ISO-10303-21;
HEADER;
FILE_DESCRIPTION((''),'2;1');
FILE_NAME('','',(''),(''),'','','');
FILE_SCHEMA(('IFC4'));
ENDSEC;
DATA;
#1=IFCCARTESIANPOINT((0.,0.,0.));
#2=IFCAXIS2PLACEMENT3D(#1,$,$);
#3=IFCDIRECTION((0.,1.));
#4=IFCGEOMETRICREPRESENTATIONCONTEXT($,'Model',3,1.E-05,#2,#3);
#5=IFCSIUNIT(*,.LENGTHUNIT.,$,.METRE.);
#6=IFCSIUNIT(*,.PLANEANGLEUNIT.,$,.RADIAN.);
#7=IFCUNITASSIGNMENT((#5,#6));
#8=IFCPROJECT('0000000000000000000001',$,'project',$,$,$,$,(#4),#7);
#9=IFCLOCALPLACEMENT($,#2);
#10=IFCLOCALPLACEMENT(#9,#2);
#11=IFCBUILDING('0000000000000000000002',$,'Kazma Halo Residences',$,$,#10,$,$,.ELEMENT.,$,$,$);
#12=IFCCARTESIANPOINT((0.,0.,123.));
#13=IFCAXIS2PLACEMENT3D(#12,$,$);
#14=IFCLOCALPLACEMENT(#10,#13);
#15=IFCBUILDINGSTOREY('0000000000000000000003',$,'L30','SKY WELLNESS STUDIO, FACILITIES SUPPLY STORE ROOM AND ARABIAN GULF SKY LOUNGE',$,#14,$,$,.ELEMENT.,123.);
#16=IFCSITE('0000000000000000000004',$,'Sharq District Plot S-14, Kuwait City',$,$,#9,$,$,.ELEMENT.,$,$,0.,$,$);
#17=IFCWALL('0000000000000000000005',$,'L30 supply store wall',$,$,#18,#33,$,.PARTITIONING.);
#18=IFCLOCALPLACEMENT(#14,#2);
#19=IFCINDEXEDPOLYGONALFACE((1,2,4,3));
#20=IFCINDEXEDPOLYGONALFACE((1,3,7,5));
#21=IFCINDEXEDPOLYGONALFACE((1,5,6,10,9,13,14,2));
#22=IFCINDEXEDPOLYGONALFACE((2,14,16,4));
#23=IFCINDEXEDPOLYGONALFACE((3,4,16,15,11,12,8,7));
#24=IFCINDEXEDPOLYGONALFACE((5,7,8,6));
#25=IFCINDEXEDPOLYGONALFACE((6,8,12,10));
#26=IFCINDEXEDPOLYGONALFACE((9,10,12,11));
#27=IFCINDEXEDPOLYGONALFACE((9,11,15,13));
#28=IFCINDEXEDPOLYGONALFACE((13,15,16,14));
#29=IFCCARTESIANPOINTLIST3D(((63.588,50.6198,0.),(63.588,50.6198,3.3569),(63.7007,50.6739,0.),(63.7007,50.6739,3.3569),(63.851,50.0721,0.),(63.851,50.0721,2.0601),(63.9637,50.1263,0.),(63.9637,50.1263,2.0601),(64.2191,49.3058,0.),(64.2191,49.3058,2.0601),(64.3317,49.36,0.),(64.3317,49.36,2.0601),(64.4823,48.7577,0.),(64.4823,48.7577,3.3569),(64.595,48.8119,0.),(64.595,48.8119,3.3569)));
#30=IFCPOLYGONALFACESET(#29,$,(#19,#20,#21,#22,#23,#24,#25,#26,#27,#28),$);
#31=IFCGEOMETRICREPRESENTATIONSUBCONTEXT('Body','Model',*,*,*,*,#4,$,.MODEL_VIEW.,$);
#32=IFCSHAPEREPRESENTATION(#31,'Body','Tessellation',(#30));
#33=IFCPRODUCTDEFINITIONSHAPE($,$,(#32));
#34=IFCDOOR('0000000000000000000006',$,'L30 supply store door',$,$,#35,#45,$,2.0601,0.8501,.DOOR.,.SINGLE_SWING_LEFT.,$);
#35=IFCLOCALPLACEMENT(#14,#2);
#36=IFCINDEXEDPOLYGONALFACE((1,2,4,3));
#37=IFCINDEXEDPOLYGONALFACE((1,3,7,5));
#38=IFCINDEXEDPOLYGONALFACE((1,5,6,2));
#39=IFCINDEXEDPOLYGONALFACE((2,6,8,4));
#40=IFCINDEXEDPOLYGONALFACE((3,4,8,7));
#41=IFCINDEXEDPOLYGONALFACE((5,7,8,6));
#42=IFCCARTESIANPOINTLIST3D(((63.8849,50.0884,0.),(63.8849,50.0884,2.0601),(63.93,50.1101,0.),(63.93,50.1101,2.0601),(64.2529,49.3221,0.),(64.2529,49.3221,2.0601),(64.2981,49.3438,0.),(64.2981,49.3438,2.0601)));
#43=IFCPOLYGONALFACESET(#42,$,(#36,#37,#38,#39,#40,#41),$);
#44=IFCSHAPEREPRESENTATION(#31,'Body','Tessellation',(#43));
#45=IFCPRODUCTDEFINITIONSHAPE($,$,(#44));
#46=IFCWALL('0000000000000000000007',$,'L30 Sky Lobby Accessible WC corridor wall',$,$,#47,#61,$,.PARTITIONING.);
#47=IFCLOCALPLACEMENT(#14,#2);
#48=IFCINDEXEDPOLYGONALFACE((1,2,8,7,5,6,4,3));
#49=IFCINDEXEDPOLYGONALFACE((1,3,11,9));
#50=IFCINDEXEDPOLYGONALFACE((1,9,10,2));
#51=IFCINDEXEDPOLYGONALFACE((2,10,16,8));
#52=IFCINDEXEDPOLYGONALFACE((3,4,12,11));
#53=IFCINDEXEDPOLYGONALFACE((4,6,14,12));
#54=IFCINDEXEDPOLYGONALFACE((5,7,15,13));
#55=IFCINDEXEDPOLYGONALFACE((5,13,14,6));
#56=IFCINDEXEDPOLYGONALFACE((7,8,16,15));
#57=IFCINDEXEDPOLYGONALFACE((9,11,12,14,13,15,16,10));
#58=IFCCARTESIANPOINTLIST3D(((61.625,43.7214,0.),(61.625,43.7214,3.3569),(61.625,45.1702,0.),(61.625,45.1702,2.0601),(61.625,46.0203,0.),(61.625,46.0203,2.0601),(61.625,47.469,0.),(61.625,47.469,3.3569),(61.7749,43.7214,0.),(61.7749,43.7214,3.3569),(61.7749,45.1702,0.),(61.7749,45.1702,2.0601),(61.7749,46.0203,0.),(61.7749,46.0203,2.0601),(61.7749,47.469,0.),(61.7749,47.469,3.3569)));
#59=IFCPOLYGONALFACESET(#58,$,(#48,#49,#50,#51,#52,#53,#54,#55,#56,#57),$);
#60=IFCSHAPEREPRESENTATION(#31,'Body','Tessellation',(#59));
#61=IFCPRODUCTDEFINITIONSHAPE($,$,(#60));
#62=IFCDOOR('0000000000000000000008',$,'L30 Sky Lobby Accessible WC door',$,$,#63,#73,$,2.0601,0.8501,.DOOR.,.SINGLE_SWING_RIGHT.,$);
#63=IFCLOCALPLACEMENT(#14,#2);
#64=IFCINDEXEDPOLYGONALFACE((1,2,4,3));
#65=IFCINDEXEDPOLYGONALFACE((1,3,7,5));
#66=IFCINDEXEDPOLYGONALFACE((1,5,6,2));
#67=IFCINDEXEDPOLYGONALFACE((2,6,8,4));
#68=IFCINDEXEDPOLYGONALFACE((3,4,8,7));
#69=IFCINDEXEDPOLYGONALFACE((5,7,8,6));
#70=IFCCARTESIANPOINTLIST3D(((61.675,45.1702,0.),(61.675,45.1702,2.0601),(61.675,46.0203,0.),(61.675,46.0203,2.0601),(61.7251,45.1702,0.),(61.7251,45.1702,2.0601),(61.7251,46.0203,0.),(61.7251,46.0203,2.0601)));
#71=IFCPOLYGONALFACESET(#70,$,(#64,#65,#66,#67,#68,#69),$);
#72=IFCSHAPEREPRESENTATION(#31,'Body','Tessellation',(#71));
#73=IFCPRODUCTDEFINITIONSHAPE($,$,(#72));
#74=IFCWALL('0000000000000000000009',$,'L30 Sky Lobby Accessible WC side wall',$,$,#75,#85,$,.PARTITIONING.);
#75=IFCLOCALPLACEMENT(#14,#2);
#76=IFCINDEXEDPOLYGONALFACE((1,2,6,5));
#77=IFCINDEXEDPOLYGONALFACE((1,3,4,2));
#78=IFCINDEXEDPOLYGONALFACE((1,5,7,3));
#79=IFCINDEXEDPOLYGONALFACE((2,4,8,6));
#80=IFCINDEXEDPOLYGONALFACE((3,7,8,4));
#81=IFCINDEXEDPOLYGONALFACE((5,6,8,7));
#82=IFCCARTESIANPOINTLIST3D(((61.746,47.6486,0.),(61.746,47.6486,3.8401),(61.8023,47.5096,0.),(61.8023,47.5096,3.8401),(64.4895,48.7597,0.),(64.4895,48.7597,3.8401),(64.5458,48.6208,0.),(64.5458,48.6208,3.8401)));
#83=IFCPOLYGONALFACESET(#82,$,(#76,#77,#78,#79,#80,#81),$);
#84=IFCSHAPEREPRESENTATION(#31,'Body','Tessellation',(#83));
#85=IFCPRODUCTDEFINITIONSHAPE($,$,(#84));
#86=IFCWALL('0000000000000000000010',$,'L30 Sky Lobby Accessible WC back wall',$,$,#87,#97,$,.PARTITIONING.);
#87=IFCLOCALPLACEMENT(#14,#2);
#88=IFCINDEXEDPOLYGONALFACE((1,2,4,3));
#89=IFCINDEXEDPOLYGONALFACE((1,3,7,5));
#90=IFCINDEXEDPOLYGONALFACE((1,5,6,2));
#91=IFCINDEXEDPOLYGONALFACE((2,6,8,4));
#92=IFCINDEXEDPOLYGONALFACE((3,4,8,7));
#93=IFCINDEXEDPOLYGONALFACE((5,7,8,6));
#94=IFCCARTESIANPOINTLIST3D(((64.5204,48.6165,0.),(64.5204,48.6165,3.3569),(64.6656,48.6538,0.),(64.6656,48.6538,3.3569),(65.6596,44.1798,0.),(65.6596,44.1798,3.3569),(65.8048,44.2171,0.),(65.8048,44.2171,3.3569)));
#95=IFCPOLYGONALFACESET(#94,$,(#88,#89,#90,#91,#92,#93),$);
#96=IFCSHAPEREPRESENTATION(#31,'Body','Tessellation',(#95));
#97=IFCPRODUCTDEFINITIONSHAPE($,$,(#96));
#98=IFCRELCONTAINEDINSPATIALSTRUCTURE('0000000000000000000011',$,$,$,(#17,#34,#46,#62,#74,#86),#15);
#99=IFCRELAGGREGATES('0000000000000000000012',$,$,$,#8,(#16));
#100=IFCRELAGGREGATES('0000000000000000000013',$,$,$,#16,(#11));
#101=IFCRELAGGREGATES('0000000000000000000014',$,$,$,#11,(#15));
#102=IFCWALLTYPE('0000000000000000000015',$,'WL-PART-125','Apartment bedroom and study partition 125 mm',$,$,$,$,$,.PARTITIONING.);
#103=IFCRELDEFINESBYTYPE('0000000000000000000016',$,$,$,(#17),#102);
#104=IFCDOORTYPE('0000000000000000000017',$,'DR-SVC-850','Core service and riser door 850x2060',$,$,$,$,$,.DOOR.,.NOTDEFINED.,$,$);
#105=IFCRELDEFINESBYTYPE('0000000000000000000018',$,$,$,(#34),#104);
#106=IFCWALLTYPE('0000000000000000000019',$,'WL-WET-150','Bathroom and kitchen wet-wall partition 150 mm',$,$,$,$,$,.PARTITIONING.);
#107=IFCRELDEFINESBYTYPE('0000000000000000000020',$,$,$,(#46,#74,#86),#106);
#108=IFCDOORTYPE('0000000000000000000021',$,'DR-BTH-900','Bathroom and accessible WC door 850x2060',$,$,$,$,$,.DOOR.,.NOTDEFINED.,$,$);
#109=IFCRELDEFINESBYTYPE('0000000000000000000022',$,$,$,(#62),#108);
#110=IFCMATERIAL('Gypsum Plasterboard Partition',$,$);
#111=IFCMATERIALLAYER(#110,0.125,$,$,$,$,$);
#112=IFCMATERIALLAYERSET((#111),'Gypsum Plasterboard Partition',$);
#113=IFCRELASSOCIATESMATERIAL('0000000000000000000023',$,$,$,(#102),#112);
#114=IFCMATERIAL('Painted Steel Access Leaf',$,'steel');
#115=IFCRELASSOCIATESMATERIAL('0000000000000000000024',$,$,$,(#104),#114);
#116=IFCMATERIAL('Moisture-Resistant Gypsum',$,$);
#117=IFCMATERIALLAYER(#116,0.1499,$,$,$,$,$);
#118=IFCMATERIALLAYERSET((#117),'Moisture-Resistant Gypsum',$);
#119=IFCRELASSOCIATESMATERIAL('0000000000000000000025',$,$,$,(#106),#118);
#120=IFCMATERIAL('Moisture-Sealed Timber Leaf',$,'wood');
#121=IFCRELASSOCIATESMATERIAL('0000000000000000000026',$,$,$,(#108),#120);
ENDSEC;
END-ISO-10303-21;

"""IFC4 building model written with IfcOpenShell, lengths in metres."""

from ifc_helpers import new_model, si_unit, direction, frame, frame_2d, origin, place, context, subcontext, project, spatial, rectangle, extrude, material, layer, layer_set, type_object, element, fill, save


model = new_model("IFC4")

# Units and contexts
model_context = context("Model", 3, precision=1e-05, world=origin(), true_north=direction((0.0, 1.0)))
body_context = subcontext(model_context, "Body", "Model", "MODEL_VIEW")
ifc_project = project(units=[si_unit("LENGTHUNIT", "METRE"), si_unit("PLANEANGLEUNIT", "RADIAN")], contexts=[model_context])

# Site, building, storey
site_placement = place(None, origin())
site = spatial("IfcSite", under=ifc_project, at=site_placement, Name="Sharq District Plot S-14, Kuwait City", CompositionType="ELEMENT", RefElevation=0.0)
building_placement = place(site_placement, origin())
building = spatial("IfcBuilding", under=site, at=building_placement, Name="Kazma Halo Residences", CompositionType="ELEMENT")
storey_placement = place(building_placement, frame((0.0, 0.0, 123.0)))
storey = spatial("IfcBuildingStorey", under=building, at=storey_placement, Name="L30", Description="SKY WELLNESS STUDIO, FACILITIES SUPPLY STORE ROOM AND ARABIAN GULF SKY LOUNGE", CompositionType="ELEMENT", Elevation=123.0)

# Walls, openings, doors
ifc_material_1 = material(Name="Gypsum Plasterboard Partition")
ifc_layer_1 = layer(ifc_material_1, 0.125)
ifc_layer_set_1 = layer_set([ifc_layer_1], Name="Gypsum Plasterboard Partition")
wall_type_1 = type_object("IfcWallType", Name="WL-PART-125", Description="Apartment bedroom and study partition 125 mm", PredefinedType="PARTITIONING", material=ifc_layer_set_1)
wall_1_placement = place(storey_placement, frame((64.5386, 48.7849, 0.0), z_axis=(0.0, 0.0, 1.0), x_axis=(-0.432927, 0.901429, 0.0)))
wall_1 = element("IfcWall", 1, at=wall_1_placement, inside=storey, type_object=wall_type_1, Name="L30 supply store wall", PredefinedType="PARTITIONING", context=body_context, shape_type="SweptSolid", body=[
    extrude(rectangle(XDim=2.0657, YDim=0.125, at=frame_2d((1.0327, 0.0))), origin(), (0.0, 0.0, 1.0), 3.3569),
])
opening_1_placement = place(wall_1_placement, frame((0.6079, 0.0, 0.0)))
opening_1 = element("IfcOpeningElement", 2, at=opening_1_placement, cuts=wall_1, PredefinedType="OPENING", context=body_context, shape_type="SweptSolid", body=[
    extrude(rectangle(XDim=0.8501, YDim=2.0601, at=frame_2d((0.425, 1.03))), frame((0.0, 0.0725, 0.0), z_axis=(0.0, -1.0, 0.0), x_axis=(1.0, 0.0, 0.0)), (0.0, 0.0, 1.0), 0.145),
])
ifc_material_2 = material(Name="Painted Steel Access Leaf", Category="steel")
door_type_1 = type_object("IfcDoorType", Name="DR-SVC-850", Description="Core service and riser door 850x2060", OperationType="NOTDEFINED", PredefinedType="DOOR", material=ifc_material_2)
door_1_placement = place(opening_1_placement, origin())
door_1 = element("IfcDoor", 3, at=door_1_placement, inside=storey, type_object=door_type_1, Name="L30 supply store door", OperationType="SINGLE_SWING_LEFT", OverallHeight=2.0601, OverallWidth=0.8501, PredefinedType="DOOR", context=body_context, shape_type="SweptSolid", body=[
    extrude(rectangle(XDim=0.8501, YDim=2.0601, at=frame_2d((0.425, 1.03))), frame((0.0, 0.0249, 0.0), z_axis=(0.0, -1.0, 0.0), x_axis=(1.0, 0.0, 0.0)), (0.0, 0.0, 1.0), 0.05),
])
fill(opening_1, door_1)
ifc_material_3 = material(Name="Moisture-Resistant Gypsum")
ifc_layer_2 = layer(ifc_material_3, 0.1499)
ifc_layer_set_2 = layer_set([ifc_layer_2], Name="Moisture-Resistant Gypsum")
wall_type_2 = type_object("IfcWallType", Name="WL-WET-150", Description="Bathroom and kitchen wet-wall partition 150 mm", PredefinedType="PARTITIONING", material=ifc_layer_set_2)
wall_2_placement = place(storey_placement, frame((61.7, 43.7214, 0.0), z_axis=(0.0, 0.0, 1.0), x_axis=(0.0, 1.0, 0.0)))
wall_2 = element("IfcWall", 4, at=wall_2_placement, inside=storey, type_object=wall_type_2, Name="L30 Sky Lobby Accessible WC corridor wall", PredefinedType="PARTITIONING", context=body_context, shape_type="SweptSolid", body=[
    extrude(rectangle(XDim=3.7476, YDim=0.1499, at=frame_2d((1.8738, 0.0))), origin(), (0.0, 0.0, 1.0), 3.3569),
])
opening_2_placement = place(wall_2_placement, frame((1.4487, 0.0, 0.0)))
opening_2 = element("IfcOpeningElement", 5, at=opening_2_placement, cuts=wall_2, PredefinedType="OPENING", context=body_context, shape_type="SweptSolid", body=[
    extrude(rectangle(XDim=0.8501, YDim=2.0601, at=frame_2d((0.425, 1.03))), frame((0.0, 0.085, 0.0), z_axis=(0.0, -1.0, 0.0), x_axis=(1.0, 0.0, 0.0)), (0.0, 0.0, 1.0), 0.1699),
])
ifc_material_4 = material(Name="Moisture-Sealed Timber Leaf", Category="wood")
door_type_2 = type_object("IfcDoorType", Name="DR-BTH-900", Description="Bathroom and accessible WC door 850x2060", OperationType="NOTDEFINED", PredefinedType="DOOR", material=ifc_material_4)
door_2_placement = place(opening_2_placement, origin())
door_2 = element("IfcDoor", 6, at=door_2_placement, inside=storey, type_object=door_type_2, Name="L30 Sky Lobby Accessible WC door", OperationType="SINGLE_SWING_RIGHT", OverallHeight=2.0601, OverallWidth=0.8501, PredefinedType="DOOR", context=body_context, shape_type="SweptSolid", body=[
    extrude(rectangle(XDim=0.8501, YDim=2.0601, at=frame_2d((0.425, 1.03))), frame((0.0, 0.0249, 0.0), z_axis=(0.0, -1.0, 0.0), x_axis=(1.0, 0.0, 0.0)), (0.0, 0.0, 1.0), 0.05),
])
fill(opening_2, door_2)

# Walls
wall_3_placement = place(storey_placement, frame((61.7742, 47.5791, 0.0), z_axis=(0.0, 0.0, 1.0), x_axis=(0.92687, 0.375383, 0.0)))
element("IfcWall", 7, at=wall_3_placement, inside=storey, type_object=wall_type_2, Name="L30 Sky Lobby Accessible WC side wall", PredefinedType="PARTITIONING", context=body_context, shape_type="SweptSolid", body=[
    extrude(rectangle(XDim=2.96, YDim=0.1499, at=frame_2d((1.48, 0.0))), origin(), (0.0, 0.0, 1.0), 3.8401),
])
wall_4_placement = place(storey_placement, frame((65.7322, 44.1985, 0.0), z_axis=(0.0, 0.0, 1.0), x_axis=(-0.248688, 0.968584, 0.0)))
element("IfcWall", 8, at=wall_4_placement, inside=storey, type_object=wall_type_2, Name="L30 Sky Lobby Accessible WC back wall", PredefinedType="PARTITIONING", context=body_context, shape_type="SweptSolid", body=[
    extrude(rectangle(XDim=4.5806, YDim=0.1499, at=frame_2d((2.2903, 0.0))), origin(), (0.0, 0.0, 1.0), 3.3569),
])

save(model, "model.ifc")
